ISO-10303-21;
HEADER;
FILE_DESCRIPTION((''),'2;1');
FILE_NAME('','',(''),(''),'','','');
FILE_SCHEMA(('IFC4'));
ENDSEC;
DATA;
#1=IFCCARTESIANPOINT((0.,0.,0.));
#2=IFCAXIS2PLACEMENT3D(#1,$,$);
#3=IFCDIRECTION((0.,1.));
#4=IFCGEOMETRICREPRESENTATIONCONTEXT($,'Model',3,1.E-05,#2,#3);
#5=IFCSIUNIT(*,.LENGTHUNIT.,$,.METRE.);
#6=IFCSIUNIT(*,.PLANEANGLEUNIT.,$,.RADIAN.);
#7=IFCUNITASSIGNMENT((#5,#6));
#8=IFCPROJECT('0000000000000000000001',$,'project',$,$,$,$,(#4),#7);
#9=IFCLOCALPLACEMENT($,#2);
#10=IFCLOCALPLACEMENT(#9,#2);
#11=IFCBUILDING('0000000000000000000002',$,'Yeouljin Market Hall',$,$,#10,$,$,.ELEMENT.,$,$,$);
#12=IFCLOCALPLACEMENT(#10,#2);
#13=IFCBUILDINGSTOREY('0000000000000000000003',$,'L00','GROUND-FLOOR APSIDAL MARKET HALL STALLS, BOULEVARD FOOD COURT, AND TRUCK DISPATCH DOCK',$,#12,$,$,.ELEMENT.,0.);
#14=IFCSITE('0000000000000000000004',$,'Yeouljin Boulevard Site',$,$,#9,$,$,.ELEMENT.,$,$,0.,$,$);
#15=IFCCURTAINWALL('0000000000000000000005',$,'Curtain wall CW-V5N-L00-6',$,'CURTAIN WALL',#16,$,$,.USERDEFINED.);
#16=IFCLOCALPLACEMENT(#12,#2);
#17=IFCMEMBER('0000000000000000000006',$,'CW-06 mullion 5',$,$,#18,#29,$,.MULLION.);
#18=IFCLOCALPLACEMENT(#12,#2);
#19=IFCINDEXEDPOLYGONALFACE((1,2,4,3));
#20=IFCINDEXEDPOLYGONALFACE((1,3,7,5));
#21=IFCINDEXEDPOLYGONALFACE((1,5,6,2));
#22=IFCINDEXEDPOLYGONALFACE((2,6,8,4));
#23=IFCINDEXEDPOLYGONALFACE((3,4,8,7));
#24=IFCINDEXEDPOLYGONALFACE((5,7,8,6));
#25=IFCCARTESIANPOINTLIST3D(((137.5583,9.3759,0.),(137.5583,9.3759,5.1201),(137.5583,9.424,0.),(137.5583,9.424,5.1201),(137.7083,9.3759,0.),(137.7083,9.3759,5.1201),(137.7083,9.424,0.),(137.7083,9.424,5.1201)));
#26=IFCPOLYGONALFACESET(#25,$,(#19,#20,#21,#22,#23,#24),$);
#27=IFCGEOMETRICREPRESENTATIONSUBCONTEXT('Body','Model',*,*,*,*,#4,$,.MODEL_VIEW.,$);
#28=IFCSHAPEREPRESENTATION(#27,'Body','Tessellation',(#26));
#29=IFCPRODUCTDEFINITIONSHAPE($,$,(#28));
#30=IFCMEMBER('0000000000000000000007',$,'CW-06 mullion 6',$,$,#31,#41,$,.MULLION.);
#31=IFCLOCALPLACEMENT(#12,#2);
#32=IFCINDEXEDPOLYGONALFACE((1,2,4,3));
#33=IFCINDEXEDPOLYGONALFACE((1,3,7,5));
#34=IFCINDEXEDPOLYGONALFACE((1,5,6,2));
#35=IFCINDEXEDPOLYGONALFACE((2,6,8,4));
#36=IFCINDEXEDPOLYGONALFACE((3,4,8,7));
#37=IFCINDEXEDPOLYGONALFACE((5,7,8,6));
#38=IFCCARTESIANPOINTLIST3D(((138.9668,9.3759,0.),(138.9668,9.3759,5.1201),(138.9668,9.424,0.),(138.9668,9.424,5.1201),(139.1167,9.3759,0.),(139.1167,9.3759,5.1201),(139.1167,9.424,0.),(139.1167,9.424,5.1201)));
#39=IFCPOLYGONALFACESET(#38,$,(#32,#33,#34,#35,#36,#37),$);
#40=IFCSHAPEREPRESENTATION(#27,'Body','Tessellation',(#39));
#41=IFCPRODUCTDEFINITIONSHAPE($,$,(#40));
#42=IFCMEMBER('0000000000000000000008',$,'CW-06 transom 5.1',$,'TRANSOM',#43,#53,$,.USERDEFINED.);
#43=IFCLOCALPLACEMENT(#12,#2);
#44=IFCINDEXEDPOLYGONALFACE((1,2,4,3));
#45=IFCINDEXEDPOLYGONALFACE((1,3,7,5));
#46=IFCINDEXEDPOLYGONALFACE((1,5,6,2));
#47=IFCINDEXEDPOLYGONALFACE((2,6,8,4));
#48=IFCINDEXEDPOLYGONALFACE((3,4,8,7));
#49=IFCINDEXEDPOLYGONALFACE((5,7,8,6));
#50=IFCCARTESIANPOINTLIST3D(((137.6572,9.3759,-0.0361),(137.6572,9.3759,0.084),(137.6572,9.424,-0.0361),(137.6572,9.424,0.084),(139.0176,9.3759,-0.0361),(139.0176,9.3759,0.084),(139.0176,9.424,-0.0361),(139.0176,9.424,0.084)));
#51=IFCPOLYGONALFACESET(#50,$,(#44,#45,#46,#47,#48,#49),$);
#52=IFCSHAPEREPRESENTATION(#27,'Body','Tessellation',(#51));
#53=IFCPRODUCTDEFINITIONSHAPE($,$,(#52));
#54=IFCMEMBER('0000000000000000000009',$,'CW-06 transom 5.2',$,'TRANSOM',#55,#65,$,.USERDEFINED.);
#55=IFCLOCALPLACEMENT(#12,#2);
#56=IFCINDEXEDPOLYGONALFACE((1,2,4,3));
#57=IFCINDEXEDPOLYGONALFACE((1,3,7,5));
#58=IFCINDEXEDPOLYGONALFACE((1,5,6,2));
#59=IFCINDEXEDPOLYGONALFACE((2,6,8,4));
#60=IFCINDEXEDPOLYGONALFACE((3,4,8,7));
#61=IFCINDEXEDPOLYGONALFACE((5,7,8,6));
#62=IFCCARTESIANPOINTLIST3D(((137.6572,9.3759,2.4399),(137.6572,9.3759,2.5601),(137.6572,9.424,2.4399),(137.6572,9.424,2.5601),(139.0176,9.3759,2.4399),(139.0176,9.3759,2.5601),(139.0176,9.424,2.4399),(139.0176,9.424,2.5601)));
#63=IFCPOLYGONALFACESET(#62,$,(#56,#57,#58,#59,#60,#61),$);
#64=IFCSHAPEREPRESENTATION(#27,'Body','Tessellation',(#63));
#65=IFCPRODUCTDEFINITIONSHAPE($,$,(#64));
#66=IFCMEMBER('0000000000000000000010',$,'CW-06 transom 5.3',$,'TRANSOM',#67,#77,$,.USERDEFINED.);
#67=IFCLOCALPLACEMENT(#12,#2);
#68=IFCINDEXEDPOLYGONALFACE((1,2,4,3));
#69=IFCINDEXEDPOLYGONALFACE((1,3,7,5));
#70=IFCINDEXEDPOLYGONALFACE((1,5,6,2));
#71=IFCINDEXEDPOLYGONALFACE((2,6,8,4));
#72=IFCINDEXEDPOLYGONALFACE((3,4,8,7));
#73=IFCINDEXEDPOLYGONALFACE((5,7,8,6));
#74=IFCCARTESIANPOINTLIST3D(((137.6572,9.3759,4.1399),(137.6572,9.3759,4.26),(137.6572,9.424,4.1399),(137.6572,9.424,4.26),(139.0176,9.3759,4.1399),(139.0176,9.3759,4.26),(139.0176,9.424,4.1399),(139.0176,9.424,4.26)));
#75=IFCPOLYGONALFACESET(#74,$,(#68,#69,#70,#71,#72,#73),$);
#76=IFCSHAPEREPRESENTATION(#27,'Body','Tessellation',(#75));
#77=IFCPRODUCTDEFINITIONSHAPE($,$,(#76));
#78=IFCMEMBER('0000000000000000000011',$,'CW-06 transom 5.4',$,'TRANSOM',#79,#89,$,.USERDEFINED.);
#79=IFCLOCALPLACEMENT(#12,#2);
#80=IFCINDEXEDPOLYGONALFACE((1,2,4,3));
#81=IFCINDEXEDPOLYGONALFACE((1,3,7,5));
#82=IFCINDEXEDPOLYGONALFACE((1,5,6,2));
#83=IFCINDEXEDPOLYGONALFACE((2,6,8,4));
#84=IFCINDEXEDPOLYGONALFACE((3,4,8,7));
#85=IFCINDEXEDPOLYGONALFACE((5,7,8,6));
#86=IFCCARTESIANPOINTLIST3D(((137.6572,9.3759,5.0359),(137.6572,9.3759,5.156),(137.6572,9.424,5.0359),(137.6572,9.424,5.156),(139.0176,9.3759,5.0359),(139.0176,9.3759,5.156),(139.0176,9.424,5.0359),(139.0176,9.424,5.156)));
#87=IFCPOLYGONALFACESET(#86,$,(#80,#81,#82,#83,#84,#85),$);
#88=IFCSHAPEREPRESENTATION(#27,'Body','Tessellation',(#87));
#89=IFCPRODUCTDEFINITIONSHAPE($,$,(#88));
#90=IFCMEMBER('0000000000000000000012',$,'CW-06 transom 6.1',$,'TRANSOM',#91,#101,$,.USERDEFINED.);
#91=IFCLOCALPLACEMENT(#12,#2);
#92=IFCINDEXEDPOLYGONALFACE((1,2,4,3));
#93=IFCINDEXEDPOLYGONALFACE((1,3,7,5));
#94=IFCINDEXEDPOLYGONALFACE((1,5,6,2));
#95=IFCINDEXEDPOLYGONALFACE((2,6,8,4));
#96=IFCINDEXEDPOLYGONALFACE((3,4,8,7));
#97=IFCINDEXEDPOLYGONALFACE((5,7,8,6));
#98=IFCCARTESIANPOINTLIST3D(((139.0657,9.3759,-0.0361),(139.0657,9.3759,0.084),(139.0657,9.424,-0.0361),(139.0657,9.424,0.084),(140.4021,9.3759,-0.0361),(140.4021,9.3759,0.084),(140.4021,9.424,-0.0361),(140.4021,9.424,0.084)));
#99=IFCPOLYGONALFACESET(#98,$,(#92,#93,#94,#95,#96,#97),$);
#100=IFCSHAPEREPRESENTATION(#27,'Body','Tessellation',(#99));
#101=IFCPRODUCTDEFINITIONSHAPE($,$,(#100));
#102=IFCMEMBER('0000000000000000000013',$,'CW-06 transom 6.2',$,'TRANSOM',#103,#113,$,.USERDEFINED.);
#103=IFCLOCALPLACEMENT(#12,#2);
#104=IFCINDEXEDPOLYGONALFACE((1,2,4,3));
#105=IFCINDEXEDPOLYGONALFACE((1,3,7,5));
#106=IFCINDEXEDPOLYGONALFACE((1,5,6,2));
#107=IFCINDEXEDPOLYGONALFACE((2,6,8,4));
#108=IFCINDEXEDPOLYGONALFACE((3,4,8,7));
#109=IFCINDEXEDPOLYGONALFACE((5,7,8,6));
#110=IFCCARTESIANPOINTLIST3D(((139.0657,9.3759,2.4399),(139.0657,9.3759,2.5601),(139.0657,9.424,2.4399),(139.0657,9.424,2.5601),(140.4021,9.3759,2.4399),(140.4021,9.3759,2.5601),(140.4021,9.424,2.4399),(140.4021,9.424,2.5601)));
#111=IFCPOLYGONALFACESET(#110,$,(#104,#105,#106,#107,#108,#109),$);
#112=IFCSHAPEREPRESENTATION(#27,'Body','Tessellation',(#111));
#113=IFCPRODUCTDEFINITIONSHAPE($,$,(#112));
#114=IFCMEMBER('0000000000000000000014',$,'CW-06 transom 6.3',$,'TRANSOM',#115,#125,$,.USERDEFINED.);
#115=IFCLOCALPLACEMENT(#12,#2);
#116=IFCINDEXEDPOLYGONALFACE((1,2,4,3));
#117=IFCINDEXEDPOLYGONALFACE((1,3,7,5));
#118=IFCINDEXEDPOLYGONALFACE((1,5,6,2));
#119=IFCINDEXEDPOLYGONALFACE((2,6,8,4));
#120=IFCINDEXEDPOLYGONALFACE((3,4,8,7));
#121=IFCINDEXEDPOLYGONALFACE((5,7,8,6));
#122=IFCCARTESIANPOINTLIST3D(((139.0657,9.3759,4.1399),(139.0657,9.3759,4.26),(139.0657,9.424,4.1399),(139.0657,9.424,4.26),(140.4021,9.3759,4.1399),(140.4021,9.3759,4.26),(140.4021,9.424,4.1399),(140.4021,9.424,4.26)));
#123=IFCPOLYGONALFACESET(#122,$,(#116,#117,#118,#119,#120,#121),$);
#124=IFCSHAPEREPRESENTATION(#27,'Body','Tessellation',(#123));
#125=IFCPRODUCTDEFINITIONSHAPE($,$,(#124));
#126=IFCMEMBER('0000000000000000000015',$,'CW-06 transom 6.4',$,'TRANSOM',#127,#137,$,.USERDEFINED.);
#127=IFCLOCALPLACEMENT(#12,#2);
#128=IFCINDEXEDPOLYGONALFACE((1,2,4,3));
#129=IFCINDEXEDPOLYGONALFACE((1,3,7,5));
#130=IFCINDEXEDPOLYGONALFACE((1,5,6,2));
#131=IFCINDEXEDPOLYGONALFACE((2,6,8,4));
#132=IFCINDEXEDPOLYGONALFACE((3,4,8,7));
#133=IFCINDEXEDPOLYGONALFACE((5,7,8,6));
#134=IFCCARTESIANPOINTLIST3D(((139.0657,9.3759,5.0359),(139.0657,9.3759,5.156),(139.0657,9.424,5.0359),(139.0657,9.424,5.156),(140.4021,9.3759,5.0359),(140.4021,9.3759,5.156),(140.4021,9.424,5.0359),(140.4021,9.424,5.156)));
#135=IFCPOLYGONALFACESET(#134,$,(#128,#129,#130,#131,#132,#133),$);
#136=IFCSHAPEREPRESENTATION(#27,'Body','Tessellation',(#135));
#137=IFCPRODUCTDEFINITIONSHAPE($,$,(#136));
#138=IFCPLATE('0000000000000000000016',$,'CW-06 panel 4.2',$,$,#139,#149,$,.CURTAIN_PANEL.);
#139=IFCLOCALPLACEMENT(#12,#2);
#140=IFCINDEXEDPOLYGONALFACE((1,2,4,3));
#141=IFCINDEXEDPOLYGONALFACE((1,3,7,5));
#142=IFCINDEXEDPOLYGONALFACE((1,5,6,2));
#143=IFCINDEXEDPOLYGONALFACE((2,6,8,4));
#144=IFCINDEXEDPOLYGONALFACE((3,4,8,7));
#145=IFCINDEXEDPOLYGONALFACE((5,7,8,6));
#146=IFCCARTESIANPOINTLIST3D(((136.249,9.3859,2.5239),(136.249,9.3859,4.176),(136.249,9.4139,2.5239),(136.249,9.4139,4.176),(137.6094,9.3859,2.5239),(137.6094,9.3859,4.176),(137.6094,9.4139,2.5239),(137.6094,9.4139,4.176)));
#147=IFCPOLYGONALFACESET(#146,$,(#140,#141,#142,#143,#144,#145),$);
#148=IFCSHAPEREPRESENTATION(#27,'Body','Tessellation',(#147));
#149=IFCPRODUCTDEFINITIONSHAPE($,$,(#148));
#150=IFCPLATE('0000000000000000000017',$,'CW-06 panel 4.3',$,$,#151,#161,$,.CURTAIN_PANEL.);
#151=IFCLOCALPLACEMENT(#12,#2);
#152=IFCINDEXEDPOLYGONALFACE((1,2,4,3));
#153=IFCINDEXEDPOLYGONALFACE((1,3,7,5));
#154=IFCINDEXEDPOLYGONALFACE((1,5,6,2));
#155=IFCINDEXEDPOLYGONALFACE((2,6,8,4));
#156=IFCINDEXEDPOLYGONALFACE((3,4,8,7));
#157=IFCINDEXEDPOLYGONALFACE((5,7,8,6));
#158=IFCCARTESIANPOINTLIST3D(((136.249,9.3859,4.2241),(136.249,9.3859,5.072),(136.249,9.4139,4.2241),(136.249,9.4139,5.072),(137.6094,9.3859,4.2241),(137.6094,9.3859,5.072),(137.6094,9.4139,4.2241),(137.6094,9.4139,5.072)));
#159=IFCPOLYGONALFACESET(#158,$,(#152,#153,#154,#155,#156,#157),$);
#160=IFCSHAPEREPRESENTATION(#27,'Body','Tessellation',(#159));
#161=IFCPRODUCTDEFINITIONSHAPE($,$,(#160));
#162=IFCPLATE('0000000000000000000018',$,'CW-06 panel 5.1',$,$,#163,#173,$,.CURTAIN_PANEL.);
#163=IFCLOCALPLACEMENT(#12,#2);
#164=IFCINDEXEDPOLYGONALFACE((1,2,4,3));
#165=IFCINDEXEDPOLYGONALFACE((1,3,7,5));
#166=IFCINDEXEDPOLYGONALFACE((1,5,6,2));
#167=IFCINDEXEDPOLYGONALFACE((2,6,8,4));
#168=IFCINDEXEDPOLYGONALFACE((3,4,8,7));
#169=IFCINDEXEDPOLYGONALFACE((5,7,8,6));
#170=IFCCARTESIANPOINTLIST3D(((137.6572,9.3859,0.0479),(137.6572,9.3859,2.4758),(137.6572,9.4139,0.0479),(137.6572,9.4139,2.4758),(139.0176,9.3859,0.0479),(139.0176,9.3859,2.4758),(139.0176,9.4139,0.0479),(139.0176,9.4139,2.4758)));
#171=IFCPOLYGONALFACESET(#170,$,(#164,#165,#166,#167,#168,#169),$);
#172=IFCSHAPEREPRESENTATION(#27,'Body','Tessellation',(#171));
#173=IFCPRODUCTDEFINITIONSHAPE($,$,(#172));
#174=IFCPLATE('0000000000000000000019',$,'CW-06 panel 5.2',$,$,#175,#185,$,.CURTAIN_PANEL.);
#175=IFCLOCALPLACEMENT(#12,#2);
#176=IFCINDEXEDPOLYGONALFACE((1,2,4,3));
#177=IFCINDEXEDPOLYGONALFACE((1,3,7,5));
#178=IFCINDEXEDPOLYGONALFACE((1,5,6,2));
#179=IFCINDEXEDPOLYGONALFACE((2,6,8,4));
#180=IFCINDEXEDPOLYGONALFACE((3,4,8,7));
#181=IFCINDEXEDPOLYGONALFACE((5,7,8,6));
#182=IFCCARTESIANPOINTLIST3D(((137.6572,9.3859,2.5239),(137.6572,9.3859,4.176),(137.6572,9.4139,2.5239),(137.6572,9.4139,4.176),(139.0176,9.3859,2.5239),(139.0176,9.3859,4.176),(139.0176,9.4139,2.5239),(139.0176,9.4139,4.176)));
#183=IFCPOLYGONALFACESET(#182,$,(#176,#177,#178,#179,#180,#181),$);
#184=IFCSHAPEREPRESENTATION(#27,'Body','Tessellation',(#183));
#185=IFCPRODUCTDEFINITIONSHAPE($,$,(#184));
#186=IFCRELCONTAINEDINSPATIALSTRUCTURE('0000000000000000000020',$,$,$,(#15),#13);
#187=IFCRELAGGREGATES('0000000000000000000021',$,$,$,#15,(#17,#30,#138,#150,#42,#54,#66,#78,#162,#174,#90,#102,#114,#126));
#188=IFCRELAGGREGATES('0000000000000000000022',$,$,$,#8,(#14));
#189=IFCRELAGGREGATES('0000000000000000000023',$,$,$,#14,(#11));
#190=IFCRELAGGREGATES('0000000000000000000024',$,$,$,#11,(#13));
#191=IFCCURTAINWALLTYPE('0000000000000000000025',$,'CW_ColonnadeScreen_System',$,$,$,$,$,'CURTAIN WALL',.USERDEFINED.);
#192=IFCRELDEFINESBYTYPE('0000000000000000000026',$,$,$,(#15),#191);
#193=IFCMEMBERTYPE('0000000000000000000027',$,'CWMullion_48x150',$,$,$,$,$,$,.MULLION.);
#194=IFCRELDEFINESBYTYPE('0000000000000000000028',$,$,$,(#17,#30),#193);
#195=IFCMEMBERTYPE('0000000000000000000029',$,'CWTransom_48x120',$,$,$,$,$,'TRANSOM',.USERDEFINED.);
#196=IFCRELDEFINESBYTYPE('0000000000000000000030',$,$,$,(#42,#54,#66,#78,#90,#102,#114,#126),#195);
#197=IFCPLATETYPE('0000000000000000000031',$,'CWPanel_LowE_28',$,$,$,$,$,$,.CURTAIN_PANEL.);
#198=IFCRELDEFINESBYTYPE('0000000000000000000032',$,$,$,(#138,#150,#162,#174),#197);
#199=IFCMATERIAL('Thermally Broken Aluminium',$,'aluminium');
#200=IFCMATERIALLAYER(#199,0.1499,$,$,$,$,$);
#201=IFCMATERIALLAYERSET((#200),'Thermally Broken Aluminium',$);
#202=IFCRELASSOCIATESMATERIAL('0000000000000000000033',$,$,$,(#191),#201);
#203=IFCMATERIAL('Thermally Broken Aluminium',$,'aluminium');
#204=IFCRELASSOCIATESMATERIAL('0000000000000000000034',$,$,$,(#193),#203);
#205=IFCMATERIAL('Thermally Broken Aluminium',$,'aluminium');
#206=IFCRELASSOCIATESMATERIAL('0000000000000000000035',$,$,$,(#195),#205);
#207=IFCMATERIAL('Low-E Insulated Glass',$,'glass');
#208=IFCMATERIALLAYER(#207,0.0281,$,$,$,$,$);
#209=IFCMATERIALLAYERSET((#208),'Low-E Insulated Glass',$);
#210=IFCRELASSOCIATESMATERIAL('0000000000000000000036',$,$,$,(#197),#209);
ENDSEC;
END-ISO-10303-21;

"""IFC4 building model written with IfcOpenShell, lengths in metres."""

from ifc_helpers import new_model, si_unit, direction, frame, origin, origin_2d, place, context, subcontext, project, spatial, rectangle, extrude, material, layer, layer_set, material_profile, profile_set, type_object, element, aggregate, save


model = new_model("IFC4")

# Units and contexts
model_context = context("Model", 3, precision=1e-05, world=origin(), true_north=direction((0.0, 1.0)))
body_context = subcontext(model_context, "Body", "Model", "MODEL_VIEW")
ifc_project = project(units=[si_unit("LENGTHUNIT", "METRE"), si_unit("PLANEANGLEUNIT", "RADIAN")], contexts=[model_context])

# Site, building, storey
site_placement = place(None, origin())
site = spatial("IfcSite", under=ifc_project, at=site_placement, Name="Yeouljin Boulevard Site", CompositionType="ELEMENT", RefElevation=0.0)
building_placement = place(site_placement, origin())
building = spatial("IfcBuilding", under=site, at=building_placement, Name="Yeouljin Market Hall", CompositionType="ELEMENT")
storey_placement = place(building_placement, origin())
storey = spatial("IfcBuildingStorey", under=building, at=storey_placement, Name="L00", Description="GROUND-FLOOR APSIDAL MARKET HALL STALLS, BOULEVARD FOOD COURT, AND TRUCK DISPATCH DOCK", CompositionType="ELEMENT", Elevation=0.0)

# Curtain wall, members, plates
ifc_material_1 = material(Name="Thermally Broken Aluminium", Category="aluminium")
ifc_layer_1 = layer(ifc_material_1, 0.1499)
ifc_layer_set_1 = layer_set([ifc_layer_1], Name="Thermally Broken Aluminium")
curtain_wall_type = type_object("IfcCurtainWallType", Name="CW_ColonnadeScreen_System", ElementType="CURTAIN WALL", PredefinedType="USERDEFINED", material=ifc_layer_set_1)
curtain_wall_placement = place(storey_placement, origin())
curtain_wall = element("IfcCurtainWall", 1, at=curtain_wall_placement, inside=storey, type_object=curtain_wall_type, Name="Curtain wall CW-V5N-L00-6", ObjectType="CURTAIN WALL", PredefinedType="USERDEFINED")
ifc_material_2 = material(Name="Thermally Broken Aluminium", Category="aluminium")
ifc_material_profile_1 = material_profile(ifc_material_2, rectangle(XDim=0.0481, YDim=0.1499, at=origin_2d()), Name="CW-MULL-48x150")
ifc_profile_set_1 = profile_set([ifc_material_profile_1], Name="Thermally Broken Aluminium")
member_type_1 = type_object("IfcMemberType", Name="CWMullion_48x150", PredefinedType="MULLION", material=ifc_profile_set_1)
member_1_placement = place(storey_placement, frame((137.6333, 9.3999, 0.0), z_axis=(0.0, 0.0, 1.0), x_axis=(0.0, 1.0, 0.0)))
member_1 = element("IfcMember", 2, at=member_1_placement, type_object=member_type_1, Name="CW-06 mullion 5", PredefinedType="MULLION", context=body_context, shape_type="SweptSolid", body=[
    extrude(rectangle(XDim=0.0481, YDim=0.1499, at=origin_2d()), origin(), (0.0, 0.0, 1.0), 5.1201),
])
member_2_placement = place(storey_placement, frame((139.0417, 9.3999, 0.0), z_axis=(0.0, 0.0, 1.0), x_axis=(0.0, 1.0, 0.0)))
member_2 = element("IfcMember", 3, at=member_2_placement, type_object=member_type_1, Name="CW-06 mullion 6", PredefinedType="MULLION", context=body_context, shape_type="SweptSolid", body=[
    extrude(rectangle(XDim=0.0481, YDim=0.1499, at=origin_2d()), origin(), (0.0, 0.0, 1.0), 5.1201),
])
ifc_material_3 = material(Name="Thermally Broken Aluminium", Category="aluminium")
ifc_material_profile_2 = material_profile(ifc_material_3, rectangle(XDim=0.0481, YDim=0.1201, at=origin_2d()), Name="CW-TRAN-48x120")
ifc_profile_set_2 = profile_set([ifc_material_profile_2], Name="Thermally Broken Aluminium")
member_type_2 = type_object("IfcMemberType", Name="CWTransom_48x120", ElementType="TRANSOM", PredefinedType="USERDEFINED", material=ifc_profile_set_2)
member_3_placement = place(storey_placement, frame((137.6572, 9.3999, 0.0239), z_axis=(1.0, 0.0, 0.0), x_axis=(0.0, 1.0, 0.0)))
member_3 = element("IfcMember", 4, at=member_3_placement, type_object=member_type_2, Name="CW-06 transom 5.1", ObjectType="TRANSOM", PredefinedType="USERDEFINED", context=body_context, shape_type="SweptSolid", body=[
    extrude(rectangle(XDim=0.0481, YDim=0.1201, at=origin_2d()), origin(), (0.0, 0.0, 1.0), 1.3604),
])
member_4_placement = place(storey_placement, frame((137.6572, 9.3999, 2.5), z_axis=(1.0, 0.0, 0.0), x_axis=(0.0, 1.0, 0.0)))
member_4 = element("IfcMember", 5, at=member_4_placement, type_object=member_type_2, Name="CW-06 transom 5.2", ObjectType="TRANSOM", PredefinedType="USERDEFINED", context=body_context, shape_type="SweptSolid", body=[
    extrude(rectangle(XDim=0.0481, YDim=0.1201, at=origin_2d()), origin(), (0.0, 0.0, 1.0), 1.3604),
])
member_5_placement = place(storey_placement, frame((137.6572, 9.3999, 4.2), z_axis=(1.0, 0.0, 0.0), x_axis=(0.0, 1.0, 0.0)))
member_5 = element("IfcMember", 6, at=member_5_placement, type_object=member_type_2, Name="CW-06 transom 5.3", ObjectType="TRANSOM", PredefinedType="USERDEFINED", context=body_context, shape_type="SweptSolid", body=[
    extrude(rectangle(XDim=0.0481, YDim=0.1201, at=origin_2d()), origin(), (0.0, 0.0, 1.0), 1.3604),
])
member_6_placement = place(storey_placement, frame((137.6572, 9.3999, 5.0959), z_axis=(1.0, 0.0, 0.0), x_axis=(0.0, 1.0, 0.0)))
member_6 = element("IfcMember", 7, at=member_6_placement, type_object=member_type_2, Name="CW-06 transom 5.4", ObjectType="TRANSOM", PredefinedType="USERDEFINED", context=body_context, shape_type="SweptSolid", body=[
    extrude(rectangle(XDim=0.0481, YDim=0.1201, at=origin_2d()), origin(), (0.0, 0.0, 1.0), 1.3604),
])
member_7_placement = place(storey_placement, frame((139.0657, 9.3999, 0.0239), z_axis=(1.0, 0.0, 0.0), x_axis=(0.0, 1.0, 0.0)))
member_7 = element("IfcMember", 8, at=member_7_placement, type_object=member_type_2, Name="CW-06 transom 6.1", ObjectType="TRANSOM", PredefinedType="USERDEFINED", context=body_context, shape_type="SweptSolid", body=[
    extrude(rectangle(XDim=0.0481, YDim=0.1201, at=origin_2d()), origin(), (0.0, 0.0, 1.0), 1.3364),
])
member_8_placement = place(storey_placement, frame((139.0657, 9.3999, 2.5), z_axis=(1.0, 0.0, 0.0), x_axis=(0.0, 1.0, 0.0)))
member_8 = element("IfcMember", 9, at=member_8_placement, type_object=member_type_2, Name="CW-06 transom 6.2", ObjectType="TRANSOM", PredefinedType="USERDEFINED", context=body_context, shape_type="SweptSolid", body=[
    extrude(rectangle(XDim=0.0481, YDim=0.1201, at=origin_2d()), origin(), (0.0, 0.0, 1.0), 1.3364),
])
member_9_placement = place(storey_placement, frame((139.0657, 9.3999, 4.2), z_axis=(1.0, 0.0, 0.0), x_axis=(0.0, 1.0, 0.0)))
member_9 = element("IfcMember", 10, at=member_9_placement, type_object=member_type_2, Name="CW-06 transom 6.3", ObjectType="TRANSOM", PredefinedType="USERDEFINED", context=body_context, shape_type="SweptSolid", body=[
    extrude(rectangle(XDim=0.0481, YDim=0.1201, at=origin_2d()), origin(), (0.0, 0.0, 1.0), 1.3364),
])
member_10_placement = place(storey_placement, frame((139.0657, 9.3999, 5.0959), z_axis=(1.0, 0.0, 0.0), x_axis=(0.0, 1.0, 0.0)))
member_10 = element("IfcMember", 11, at=member_10_placement, type_object=member_type_2, Name="CW-06 transom 6.4", ObjectType="TRANSOM", PredefinedType="USERDEFINED", context=body_context, shape_type="SweptSolid", body=[
    extrude(rectangle(XDim=0.0481, YDim=0.1201, at=origin_2d()), origin(), (0.0, 0.0, 1.0), 1.3364),
])
ifc_material_4 = material(Name="Low-E Insulated Glass", Category="glass")
ifc_layer_2 = layer(ifc_material_4, 0.0281)
ifc_layer_set_2 = layer_set([ifc_layer_2], Name="Low-E Insulated Glass")
plate_type = type_object("IfcPlateType", Name="CWPanel_LowE_28", PredefinedType="CURTAIN_PANEL", material=ifc_layer_set_2)
plate_1_placement = place(storey_placement, frame((136.9292, 9.3999, 2.5239), z_axis=(0.0, 0.0, 1.0), x_axis=(1.0, 0.0, 0.0)))
plate_1 = element("IfcPlate", 12, at=plate_1_placement, type_object=plate_type, Name="CW-06 panel 4.2", PredefinedType="CURTAIN_PANEL", context=body_context, shape_type="SweptSolid", body=[
    extrude(rectangle(XDim=1.3604, YDim=0.0281, at=origin_2d()), origin(), (0.0, 0.0, 1.0), 1.6521),
])
plate_2_placement = place(storey_placement, frame((136.9292, 9.3999, 4.2241), z_axis=(0.0, 0.0, 1.0), x_axis=(1.0, 0.0, 0.0)))
plate_2 = element("IfcPlate", 13, at=plate_2_placement, type_object=plate_type, Name="CW-06 panel 4.3", PredefinedType="CURTAIN_PANEL", context=body_context, shape_type="SweptSolid", body=[
    extrude(rectangle(XDim=1.3604, YDim=0.0281, at=origin_2d()), origin(), (0.0, 0.0, 1.0), 0.8479),
])
plate_3_placement = place(storey_placement, frame((138.3374, 9.3999, 0.0479), z_axis=(0.0, 0.0, 1.0), x_axis=(1.0, 0.0, 0.0)))
plate_3 = element("IfcPlate", 14, at=plate_3_placement, type_object=plate_type, Name="CW-06 panel 5.1", PredefinedType="CURTAIN_PANEL", context=body_context, shape_type="SweptSolid", body=[
    extrude(rectangle(XDim=1.3604, YDim=0.0281, at=origin_2d()), origin(), (0.0, 0.0, 1.0), 2.428),
])
plate_4_placement = place(storey_placement, frame((138.3374, 9.3999, 2.5239), z_axis=(0.0, 0.0, 1.0), x_axis=(1.0, 0.0, 0.0)))
plate_4 = element("IfcPlate", 15, at=plate_4_placement, type_object=plate_type, Name="CW-06 panel 5.2", PredefinedType="CURTAIN_PANEL", context=body_context, shape_type="SweptSolid", body=[
    extrude(rectangle(XDim=1.3604, YDim=0.0281, at=origin_2d()), origin(), (0.0, 0.0, 1.0), 1.6521),
])
aggregate(curtain_wall, [member_1, member_2, plate_1, plate_2, member_3, member_4, member_5, member_6, plate_3, plate_4, member_7, member_8, member_9, member_10])

save(model, "model.ifc")
